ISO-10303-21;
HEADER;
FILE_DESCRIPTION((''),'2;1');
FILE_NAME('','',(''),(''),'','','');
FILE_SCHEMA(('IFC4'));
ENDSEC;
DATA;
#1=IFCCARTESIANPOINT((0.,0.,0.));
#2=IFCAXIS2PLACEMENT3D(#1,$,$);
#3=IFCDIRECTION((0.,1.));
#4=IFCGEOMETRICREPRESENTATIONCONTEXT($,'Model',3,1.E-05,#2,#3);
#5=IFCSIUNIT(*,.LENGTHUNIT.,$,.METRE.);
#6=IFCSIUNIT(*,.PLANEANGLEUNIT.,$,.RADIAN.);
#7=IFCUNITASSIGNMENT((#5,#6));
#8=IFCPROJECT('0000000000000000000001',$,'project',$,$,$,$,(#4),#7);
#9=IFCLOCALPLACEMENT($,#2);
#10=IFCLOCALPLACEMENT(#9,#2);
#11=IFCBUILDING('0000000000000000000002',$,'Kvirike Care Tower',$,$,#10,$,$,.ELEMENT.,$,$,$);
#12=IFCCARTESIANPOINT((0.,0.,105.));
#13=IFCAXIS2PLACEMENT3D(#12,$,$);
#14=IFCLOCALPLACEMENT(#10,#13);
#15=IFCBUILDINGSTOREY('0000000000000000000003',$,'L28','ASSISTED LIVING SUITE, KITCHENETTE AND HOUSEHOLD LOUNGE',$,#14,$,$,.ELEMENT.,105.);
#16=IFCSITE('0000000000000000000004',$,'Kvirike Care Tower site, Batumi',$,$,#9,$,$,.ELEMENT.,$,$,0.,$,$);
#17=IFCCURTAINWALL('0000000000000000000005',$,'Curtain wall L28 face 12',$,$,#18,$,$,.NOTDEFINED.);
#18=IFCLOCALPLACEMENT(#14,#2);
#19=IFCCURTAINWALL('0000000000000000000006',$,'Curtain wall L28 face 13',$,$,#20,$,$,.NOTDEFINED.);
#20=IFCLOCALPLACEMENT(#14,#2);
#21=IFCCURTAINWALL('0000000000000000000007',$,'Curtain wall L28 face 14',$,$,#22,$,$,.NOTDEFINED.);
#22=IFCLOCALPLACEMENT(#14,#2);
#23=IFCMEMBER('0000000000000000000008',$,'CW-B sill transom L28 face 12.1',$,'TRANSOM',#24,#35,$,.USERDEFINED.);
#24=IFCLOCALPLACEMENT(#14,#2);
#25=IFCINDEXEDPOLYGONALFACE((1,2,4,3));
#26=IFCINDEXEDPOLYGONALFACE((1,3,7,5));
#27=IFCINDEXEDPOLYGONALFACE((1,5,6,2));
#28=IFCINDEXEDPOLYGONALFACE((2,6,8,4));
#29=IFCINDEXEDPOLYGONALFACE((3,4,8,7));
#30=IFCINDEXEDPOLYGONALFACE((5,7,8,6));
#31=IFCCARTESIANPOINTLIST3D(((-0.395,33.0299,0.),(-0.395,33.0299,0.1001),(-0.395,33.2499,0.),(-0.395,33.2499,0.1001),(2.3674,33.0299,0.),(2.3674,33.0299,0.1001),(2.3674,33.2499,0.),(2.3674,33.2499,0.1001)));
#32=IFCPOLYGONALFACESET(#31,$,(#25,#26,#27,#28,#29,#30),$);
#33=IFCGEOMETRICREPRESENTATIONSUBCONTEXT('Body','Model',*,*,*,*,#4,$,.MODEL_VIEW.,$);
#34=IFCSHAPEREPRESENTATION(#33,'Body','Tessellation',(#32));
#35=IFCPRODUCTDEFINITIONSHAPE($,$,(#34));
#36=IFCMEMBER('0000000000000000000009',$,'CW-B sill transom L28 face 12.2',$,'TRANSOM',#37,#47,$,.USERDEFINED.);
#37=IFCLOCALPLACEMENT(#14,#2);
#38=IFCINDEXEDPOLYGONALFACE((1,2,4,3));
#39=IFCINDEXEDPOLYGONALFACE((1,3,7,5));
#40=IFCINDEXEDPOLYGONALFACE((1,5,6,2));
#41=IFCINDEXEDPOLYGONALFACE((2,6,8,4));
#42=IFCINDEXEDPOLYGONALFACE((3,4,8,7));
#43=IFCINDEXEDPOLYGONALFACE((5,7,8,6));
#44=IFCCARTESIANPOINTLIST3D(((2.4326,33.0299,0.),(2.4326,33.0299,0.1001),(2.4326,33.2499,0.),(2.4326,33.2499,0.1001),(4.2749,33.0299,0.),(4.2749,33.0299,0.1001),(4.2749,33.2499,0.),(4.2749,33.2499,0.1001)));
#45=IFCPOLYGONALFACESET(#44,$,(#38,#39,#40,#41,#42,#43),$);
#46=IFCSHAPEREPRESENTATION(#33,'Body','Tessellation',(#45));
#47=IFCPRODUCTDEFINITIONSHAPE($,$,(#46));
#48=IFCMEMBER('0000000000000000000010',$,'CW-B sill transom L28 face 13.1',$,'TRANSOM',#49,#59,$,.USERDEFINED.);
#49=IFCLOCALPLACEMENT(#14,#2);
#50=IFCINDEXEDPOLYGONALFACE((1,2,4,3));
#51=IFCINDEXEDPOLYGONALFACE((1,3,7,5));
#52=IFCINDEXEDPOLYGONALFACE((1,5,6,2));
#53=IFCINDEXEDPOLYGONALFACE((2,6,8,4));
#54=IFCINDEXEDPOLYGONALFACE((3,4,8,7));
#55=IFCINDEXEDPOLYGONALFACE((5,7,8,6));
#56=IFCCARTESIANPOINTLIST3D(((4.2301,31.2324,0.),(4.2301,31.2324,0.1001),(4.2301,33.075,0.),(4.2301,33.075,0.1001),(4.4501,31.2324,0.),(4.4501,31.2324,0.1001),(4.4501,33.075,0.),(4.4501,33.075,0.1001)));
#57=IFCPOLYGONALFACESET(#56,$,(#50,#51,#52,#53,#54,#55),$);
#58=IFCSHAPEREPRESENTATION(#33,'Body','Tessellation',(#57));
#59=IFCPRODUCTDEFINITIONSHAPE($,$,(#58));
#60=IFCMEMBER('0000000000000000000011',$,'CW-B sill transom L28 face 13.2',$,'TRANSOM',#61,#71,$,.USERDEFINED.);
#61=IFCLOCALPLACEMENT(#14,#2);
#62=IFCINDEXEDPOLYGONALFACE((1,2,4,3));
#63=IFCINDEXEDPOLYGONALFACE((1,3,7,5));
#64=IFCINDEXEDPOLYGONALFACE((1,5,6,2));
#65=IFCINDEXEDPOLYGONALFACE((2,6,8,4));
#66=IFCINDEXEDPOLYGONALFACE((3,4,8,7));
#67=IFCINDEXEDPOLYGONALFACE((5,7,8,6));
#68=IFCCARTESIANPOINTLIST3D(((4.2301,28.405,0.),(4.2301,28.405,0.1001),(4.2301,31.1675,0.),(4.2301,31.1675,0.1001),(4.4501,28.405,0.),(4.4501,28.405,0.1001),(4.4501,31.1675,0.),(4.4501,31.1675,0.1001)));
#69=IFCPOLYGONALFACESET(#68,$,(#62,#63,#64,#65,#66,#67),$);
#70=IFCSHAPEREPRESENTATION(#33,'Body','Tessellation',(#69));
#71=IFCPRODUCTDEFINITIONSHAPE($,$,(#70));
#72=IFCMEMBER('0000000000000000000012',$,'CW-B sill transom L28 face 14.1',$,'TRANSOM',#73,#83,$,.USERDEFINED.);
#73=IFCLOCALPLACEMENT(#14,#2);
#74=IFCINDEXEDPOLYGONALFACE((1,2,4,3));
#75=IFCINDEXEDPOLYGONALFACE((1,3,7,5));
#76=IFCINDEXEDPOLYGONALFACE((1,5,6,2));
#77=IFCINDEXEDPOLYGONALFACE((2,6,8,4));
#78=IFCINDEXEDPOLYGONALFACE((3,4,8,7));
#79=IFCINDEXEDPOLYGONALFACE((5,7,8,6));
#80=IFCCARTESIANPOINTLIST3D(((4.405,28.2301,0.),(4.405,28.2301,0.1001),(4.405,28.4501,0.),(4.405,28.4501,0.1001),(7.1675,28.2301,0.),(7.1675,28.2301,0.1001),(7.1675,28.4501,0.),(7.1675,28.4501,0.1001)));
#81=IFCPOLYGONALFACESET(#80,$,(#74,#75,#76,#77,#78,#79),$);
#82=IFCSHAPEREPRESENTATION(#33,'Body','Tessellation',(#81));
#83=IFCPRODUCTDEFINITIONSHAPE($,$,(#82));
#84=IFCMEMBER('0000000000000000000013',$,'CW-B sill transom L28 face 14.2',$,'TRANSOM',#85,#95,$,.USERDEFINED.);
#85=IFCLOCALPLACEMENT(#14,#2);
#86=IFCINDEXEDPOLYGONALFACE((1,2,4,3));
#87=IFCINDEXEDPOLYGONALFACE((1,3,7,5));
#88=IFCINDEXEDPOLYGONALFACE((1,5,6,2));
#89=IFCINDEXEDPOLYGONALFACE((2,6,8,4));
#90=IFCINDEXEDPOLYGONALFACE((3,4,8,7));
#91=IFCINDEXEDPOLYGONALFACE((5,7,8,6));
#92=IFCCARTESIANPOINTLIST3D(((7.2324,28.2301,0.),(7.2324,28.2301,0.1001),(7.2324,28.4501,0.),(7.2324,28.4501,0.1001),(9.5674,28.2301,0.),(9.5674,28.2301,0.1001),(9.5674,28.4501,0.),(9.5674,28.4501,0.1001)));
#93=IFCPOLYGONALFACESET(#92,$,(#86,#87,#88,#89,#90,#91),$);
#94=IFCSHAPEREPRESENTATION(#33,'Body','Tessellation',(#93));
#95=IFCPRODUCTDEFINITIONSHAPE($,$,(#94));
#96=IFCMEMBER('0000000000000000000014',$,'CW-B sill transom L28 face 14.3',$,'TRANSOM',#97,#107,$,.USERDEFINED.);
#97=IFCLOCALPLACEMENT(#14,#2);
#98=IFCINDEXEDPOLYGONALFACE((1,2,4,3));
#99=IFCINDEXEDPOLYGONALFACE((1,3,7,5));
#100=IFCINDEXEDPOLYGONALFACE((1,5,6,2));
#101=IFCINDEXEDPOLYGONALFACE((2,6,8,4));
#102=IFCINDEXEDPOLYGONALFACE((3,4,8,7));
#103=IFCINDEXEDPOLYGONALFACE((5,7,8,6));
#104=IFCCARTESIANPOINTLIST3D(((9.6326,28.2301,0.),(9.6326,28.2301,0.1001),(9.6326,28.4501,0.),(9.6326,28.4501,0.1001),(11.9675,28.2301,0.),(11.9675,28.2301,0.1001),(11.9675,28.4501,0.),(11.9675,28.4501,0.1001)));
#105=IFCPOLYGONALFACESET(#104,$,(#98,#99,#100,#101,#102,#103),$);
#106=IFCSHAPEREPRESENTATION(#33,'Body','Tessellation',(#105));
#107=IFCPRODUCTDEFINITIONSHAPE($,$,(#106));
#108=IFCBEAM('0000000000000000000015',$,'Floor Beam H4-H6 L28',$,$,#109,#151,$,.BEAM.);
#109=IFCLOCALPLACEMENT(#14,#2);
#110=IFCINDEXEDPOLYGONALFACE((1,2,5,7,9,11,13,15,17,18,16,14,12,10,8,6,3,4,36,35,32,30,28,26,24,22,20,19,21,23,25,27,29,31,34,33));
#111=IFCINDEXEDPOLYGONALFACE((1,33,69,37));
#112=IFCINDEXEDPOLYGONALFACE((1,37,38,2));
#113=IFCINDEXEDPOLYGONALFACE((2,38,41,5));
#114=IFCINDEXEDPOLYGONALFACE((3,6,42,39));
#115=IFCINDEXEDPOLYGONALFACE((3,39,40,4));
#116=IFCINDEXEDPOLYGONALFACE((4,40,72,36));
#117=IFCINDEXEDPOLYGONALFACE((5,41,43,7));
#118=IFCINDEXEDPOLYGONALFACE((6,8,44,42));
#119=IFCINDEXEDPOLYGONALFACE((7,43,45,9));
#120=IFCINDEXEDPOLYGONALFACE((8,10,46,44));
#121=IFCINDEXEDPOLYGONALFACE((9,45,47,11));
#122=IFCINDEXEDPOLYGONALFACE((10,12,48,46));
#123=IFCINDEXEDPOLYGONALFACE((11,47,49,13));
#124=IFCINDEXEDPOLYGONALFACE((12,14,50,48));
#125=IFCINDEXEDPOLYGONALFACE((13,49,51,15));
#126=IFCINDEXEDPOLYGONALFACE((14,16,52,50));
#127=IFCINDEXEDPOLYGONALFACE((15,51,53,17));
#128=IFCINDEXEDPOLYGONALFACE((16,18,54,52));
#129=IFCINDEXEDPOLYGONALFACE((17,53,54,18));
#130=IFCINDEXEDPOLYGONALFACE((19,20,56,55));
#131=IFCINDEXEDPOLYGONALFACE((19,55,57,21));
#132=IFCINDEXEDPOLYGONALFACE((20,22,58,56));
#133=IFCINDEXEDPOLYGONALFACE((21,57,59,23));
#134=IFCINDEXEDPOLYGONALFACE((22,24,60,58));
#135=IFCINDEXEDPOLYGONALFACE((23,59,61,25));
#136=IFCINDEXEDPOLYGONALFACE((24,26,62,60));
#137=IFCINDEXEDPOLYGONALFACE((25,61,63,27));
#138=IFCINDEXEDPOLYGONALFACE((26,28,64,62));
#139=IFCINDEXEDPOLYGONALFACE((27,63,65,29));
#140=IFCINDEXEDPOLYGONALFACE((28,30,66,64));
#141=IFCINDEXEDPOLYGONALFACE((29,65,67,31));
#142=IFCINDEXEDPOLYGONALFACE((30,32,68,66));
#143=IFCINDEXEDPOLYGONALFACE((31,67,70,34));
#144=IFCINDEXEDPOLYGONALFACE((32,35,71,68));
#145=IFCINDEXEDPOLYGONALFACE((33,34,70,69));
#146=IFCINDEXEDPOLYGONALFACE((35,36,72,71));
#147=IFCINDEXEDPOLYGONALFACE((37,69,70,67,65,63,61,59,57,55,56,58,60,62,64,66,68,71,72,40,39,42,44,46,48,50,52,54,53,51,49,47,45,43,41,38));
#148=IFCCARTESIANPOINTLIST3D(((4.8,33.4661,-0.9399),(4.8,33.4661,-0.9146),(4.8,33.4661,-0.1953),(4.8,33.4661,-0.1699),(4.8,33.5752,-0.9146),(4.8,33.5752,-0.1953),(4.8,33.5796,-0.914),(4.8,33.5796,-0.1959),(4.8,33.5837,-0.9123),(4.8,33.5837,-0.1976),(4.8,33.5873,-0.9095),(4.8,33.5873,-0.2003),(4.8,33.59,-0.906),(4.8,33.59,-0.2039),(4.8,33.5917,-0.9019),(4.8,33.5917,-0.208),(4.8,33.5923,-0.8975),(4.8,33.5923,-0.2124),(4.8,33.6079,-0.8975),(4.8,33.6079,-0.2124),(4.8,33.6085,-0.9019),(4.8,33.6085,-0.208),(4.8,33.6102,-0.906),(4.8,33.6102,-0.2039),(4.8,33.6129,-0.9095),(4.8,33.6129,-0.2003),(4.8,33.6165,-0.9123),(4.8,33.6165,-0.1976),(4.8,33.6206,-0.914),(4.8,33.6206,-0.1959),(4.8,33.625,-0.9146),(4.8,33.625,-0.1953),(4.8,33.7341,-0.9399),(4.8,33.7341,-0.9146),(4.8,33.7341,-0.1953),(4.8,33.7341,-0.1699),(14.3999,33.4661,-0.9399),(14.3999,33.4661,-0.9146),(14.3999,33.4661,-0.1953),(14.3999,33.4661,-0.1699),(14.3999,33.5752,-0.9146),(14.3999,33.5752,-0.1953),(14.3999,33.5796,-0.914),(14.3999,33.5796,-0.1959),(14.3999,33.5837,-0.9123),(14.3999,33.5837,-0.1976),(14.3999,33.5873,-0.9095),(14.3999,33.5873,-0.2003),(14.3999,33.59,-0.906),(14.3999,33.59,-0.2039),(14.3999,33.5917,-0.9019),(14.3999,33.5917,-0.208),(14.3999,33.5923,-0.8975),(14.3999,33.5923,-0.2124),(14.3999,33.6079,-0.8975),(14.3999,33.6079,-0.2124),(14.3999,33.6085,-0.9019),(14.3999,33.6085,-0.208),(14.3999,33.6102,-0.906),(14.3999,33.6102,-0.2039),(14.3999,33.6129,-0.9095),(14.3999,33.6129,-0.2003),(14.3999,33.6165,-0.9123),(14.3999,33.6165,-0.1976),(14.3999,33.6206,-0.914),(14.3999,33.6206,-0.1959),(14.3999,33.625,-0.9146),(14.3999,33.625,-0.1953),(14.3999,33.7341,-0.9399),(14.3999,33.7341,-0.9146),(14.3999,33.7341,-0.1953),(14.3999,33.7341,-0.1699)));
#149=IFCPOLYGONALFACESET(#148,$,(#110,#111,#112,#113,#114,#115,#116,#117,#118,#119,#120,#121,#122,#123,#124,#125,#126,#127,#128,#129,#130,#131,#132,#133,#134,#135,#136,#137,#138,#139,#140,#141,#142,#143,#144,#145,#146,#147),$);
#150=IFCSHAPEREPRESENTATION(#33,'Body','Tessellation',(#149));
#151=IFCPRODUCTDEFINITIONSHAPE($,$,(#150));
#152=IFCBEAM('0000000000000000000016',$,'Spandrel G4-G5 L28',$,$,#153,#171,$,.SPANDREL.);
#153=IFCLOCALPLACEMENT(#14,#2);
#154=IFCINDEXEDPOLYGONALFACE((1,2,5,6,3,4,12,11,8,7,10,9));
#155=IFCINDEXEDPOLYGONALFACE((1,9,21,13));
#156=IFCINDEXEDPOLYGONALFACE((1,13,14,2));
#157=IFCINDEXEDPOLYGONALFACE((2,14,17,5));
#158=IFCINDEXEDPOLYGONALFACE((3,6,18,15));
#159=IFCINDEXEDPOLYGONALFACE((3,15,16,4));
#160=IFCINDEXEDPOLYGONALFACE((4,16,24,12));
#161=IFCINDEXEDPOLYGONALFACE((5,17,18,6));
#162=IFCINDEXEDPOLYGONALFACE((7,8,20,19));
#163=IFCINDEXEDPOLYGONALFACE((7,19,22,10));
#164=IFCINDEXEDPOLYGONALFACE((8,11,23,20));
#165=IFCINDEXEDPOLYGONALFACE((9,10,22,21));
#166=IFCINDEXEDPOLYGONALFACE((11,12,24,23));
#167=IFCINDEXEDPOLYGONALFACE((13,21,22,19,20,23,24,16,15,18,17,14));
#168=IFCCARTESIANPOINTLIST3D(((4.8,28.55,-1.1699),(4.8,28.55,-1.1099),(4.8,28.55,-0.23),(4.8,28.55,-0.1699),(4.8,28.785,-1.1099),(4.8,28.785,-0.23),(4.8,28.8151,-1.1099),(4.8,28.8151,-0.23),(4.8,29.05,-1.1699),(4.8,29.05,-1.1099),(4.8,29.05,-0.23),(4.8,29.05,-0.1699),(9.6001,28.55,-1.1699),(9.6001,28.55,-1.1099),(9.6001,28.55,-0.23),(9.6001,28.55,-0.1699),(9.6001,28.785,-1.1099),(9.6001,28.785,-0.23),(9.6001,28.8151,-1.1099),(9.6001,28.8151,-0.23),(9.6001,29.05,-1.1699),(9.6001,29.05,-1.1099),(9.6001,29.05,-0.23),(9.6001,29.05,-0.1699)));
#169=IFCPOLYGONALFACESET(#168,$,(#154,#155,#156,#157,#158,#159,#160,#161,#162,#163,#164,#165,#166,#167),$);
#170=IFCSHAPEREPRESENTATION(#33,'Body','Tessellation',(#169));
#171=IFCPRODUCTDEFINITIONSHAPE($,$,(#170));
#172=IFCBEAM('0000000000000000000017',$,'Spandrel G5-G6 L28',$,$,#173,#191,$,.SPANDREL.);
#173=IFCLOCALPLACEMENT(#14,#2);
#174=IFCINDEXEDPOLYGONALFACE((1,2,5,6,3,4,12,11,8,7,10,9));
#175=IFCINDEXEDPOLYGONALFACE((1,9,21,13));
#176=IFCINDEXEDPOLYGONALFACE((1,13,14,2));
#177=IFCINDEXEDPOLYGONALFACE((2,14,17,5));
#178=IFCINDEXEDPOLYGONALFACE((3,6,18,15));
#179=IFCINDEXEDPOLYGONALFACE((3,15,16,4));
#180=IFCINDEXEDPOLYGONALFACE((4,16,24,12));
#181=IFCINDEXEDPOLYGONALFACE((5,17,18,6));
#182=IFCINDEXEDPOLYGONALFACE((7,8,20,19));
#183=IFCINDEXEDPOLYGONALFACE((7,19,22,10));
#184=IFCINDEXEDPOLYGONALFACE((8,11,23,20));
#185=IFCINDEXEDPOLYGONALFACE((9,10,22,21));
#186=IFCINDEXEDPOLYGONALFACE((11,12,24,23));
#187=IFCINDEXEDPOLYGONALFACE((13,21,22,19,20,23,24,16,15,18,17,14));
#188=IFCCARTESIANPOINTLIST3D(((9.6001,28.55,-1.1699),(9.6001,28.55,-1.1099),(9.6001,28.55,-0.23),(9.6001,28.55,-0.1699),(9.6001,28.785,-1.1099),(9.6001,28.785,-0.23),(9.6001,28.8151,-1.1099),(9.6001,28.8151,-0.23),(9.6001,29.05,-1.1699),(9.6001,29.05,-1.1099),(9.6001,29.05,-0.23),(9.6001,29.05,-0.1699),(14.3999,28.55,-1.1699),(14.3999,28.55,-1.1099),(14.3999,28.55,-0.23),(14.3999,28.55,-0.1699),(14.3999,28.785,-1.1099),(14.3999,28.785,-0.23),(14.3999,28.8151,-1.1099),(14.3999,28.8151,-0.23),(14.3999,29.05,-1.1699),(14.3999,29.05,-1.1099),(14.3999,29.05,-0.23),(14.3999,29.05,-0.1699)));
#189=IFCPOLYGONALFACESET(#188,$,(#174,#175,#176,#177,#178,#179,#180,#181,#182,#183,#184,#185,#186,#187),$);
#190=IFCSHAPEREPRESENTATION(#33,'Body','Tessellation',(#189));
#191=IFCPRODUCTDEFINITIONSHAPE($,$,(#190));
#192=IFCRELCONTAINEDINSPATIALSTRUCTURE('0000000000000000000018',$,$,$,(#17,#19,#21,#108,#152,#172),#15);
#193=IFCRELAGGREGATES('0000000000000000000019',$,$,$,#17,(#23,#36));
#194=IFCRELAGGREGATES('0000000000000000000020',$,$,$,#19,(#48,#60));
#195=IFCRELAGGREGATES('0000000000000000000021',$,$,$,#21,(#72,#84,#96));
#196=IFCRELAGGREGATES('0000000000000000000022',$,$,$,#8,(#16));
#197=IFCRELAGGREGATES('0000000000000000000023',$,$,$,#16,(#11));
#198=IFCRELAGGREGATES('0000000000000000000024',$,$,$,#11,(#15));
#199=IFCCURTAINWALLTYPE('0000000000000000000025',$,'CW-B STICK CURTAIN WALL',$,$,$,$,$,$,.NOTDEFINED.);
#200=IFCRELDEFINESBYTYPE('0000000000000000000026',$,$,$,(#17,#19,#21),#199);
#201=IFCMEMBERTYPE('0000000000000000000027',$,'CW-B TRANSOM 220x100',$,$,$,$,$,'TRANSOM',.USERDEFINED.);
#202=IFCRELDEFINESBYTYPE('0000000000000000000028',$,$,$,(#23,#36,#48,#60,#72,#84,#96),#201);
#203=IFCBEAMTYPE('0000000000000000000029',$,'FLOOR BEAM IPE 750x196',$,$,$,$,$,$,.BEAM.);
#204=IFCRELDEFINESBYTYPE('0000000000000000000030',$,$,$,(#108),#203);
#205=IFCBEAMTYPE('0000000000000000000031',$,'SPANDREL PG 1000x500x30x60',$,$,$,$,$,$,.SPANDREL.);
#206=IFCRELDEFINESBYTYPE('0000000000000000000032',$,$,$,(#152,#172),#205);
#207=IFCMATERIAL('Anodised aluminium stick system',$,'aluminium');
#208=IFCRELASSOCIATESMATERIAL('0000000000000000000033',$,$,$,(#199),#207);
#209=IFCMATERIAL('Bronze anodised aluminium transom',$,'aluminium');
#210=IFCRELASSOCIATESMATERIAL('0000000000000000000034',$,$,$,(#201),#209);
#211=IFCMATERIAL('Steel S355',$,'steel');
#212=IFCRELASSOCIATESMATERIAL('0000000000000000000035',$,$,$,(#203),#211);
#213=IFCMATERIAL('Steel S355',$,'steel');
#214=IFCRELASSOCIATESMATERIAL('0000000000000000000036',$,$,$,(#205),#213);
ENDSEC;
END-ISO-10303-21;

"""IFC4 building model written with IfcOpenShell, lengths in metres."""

from ifc_helpers import new_model, si_unit, direction, frame, origin, origin_2d, place, context, subcontext, project, spatial, rectangle, i_section, extrude, material, material_profile, profile_set, type_object, element, aggregate, save


model = new_model("IFC4")

# Units and contexts
model_context = context("Model", 3, precision=1e-05, world=origin(), true_north=direction((0.0, 1.0)))
body_context = subcontext(model_context, "Body", "Model", "MODEL_VIEW")
ifc_project = project(units=[si_unit("LENGTHUNIT", "METRE"), si_unit("PLANEANGLEUNIT", "RADIAN")], contexts=[model_context])

# Site, building, storey
site_placement = place(None, origin())
site = spatial("IfcSite", under=ifc_project, at=site_placement, Name="Kvirike Care Tower site, Batumi", CompositionType="ELEMENT", RefElevation=0.0)
building_placement = place(site_placement, origin())
building = spatial("IfcBuilding", under=site, at=building_placement, Name="Kvirike Care Tower", CompositionType="ELEMENT")
storey_placement = place(building_placement, frame((0.0, 0.0, 105.0)))
storey = spatial("IfcBuildingStorey", under=building, at=storey_placement, Name="L28", Description="ASSISTED LIVING SUITE, KITCHENETTE AND HOUSEHOLD LOUNGE", CompositionType="ELEMENT", Elevation=105.0)

# Shared definitions
ifc_material_1 = material(Name="Anodised aluminium stick system", Category="aluminium")
curtain_wall_type = type_object("IfcCurtainWallType", Name="CW-B STICK CURTAIN WALL", PredefinedType="NOTDEFINED", material=ifc_material_1)

# Curtain walls
curtain_wall_1_placement = place(storey_placement, origin())
curtain_wall_1 = element("IfcCurtainWall", 1, at=curtain_wall_1_placement, inside=storey, type_object=curtain_wall_type, Name="Curtain wall L28 face 12", PredefinedType="NOTDEFINED")
curtain_wall_2_placement = place(storey_placement, origin())
curtain_wall_2 = element("IfcCurtainWall", 2, at=curtain_wall_2_placement, inside=storey, type_object=curtain_wall_type, Name="Curtain wall L28 face 13", PredefinedType="NOTDEFINED")
curtain_wall_3_placement = place(storey_placement, origin())
curtain_wall_3 = element("IfcCurtainWall", 3, at=curtain_wall_3_placement, inside=storey, type_object=curtain_wall_type, Name="Curtain wall L28 face 14", PredefinedType="NOTDEFINED")

# Members
ifc_material_2 = material(Name="Bronze anodised aluminium transom", Category="aluminium")
ifc_material_profile_1 = material_profile(ifc_material_2, rectangle(XDim=0.22, YDim=0.1001, at=origin_2d()), Name="CW-B TRANSOM 220x100")
ifc_profile_set_1 = profile_set([ifc_material_profile_1], Name="Bronze anodised aluminium transom")
member_type_1 = type_object("IfcMemberType", Name="CW-B TRANSOM 220x100", ElementType="TRANSOM", PredefinedType="USERDEFINED", material=ifc_profile_set_1)
member_1_placement = place(storey_placement, frame((-0.395, 33.1399, 0.05), z_axis=(1.0, 0.0, 0.0), x_axis=(0.0, 1.0, 0.0)))
member_1 = element("IfcMember", 4, at=member_1_placement, type_object=member_type_1, Name="CW-B sill transom L28 face 12.1", ObjectType="TRANSOM", PredefinedType="USERDEFINED", context=body_context, shape_type="SweptSolid", body=[
    extrude(rectangle(XDim=0.22, YDim=0.1001, at=origin_2d()), origin(), (0.0, 0.0, 1.0), 2.7625),
])
member_2_placement = place(storey_placement, frame((2.4326, 33.1399, 0.05), z_axis=(1.0, 0.0, 0.0), x_axis=(0.0, 1.0, 0.0)))
member_2 = element("IfcMember", 5, at=member_2_placement, type_object=member_type_1, Name="CW-B sill transom L28 face 12.2", ObjectType="TRANSOM", PredefinedType="USERDEFINED", context=body_context, shape_type="SweptSolid", body=[
    extrude(rectangle(XDim=0.22, YDim=0.1001, at=origin_2d()), origin(), (0.0, 0.0, 1.0), 1.8423),
])
member_3_placement = place(storey_placement, frame((4.3401, 33.075, 0.05), z_axis=(0.0, -1.0, 0.0), x_axis=(1.0, 0.0, 0.0)))
member_3 = element("IfcMember", 6, at=member_3_placement, type_object=member_type_1, Name="CW-B sill transom L28 face 13.1", ObjectType="TRANSOM", PredefinedType="USERDEFINED", context=body_context, shape_type="SweptSolid", body=[
    extrude(rectangle(XDim=0.22, YDim=0.1001, at=origin_2d()), origin(), (0.0, 0.0, 1.0), 1.8425),
])
member_4_placement = place(storey_placement, frame((4.3401, 31.1675, 0.05), z_axis=(0.0, -1.0, 0.0), x_axis=(1.0, 0.0, 0.0)))
member_4 = element("IfcMember", 7, at=member_4_placement, type_object=member_type_1, Name="CW-B sill transom L28 face 13.2", ObjectType="TRANSOM", PredefinedType="USERDEFINED", context=body_context, shape_type="SweptSolid", body=[
    extrude(rectangle(XDim=0.22, YDim=0.1001, at=origin_2d()), origin(), (0.0, 0.0, 1.0), 2.7625),
])
member_5_placement = place(storey_placement, frame((4.405, 28.3401, 0.05), z_axis=(1.0, 0.0, 0.0), x_axis=(0.0, 1.0, 0.0)))
member_5 = element("IfcMember", 8, at=member_5_placement, type_object=member_type_1, Name="CW-B sill transom L28 face 14.1", ObjectType="TRANSOM", PredefinedType="USERDEFINED", context=body_context, shape_type="SweptSolid", body=[
    extrude(rectangle(XDim=0.22, YDim=0.1001, at=origin_2d()), origin(), (0.0, 0.0, 1.0), 2.7625),
])
member_6_placement = place(storey_placement, frame((7.2324, 28.3401, 0.05), z_axis=(1.0, 0.0, 0.0), x_axis=(0.0, 1.0, 0.0)))
member_6 = element("IfcMember", 9, at=member_6_placement, type_object=member_type_1, Name="CW-B sill transom L28 face 14.2", ObjectType="TRANSOM", PredefinedType="USERDEFINED", context=body_context, shape_type="SweptSolid", body=[
    extrude(rectangle(XDim=0.22, YDim=0.1001, at=origin_2d()), origin(), (0.0, 0.0, 1.0), 2.335),
])
member_7_placement = place(storey_placement, frame((9.6326, 28.3401, 0.05), z_axis=(1.0, 0.0, 0.0), x_axis=(0.0, 1.0, 0.0)))
member_7 = element("IfcMember", 10, at=member_7_placement, type_object=member_type_1, Name="CW-B sill transom L28 face 14.3", ObjectType="TRANSOM", PredefinedType="USERDEFINED", context=body_context, shape_type="SweptSolid", body=[
    extrude(rectangle(XDim=0.22, YDim=0.1001, at=origin_2d()), origin(), (0.0, 0.0, 1.0), 2.335),
])

# Beams
ifc_material_3 = material(Name="Steel S355", Category="steel")
ifc_material_profile_2 = material_profile(ifc_material_3, i_section(OverallWidth=0.2681, OverallDepth=0.77, WebThickness=0.0156, FlangeThickness=0.0254, FilletRadius=0.0171, at=origin_2d()), Name="IPE 750x196")
ifc_profile_set_2 = profile_set([ifc_material_profile_2], Name="Steel S355")
beam_type_1 = type_object("IfcBeamType", Name="FLOOR BEAM IPE 750x196", PredefinedType="BEAM", material=ifc_profile_set_2)
beam_1_placement = place(storey_placement, frame((4.8, 33.6001, -0.5549), z_axis=(1.0, 0.0, 0.0), x_axis=(0.0, 1.0, 0.0)))
element("IfcBeam", 11, at=beam_1_placement, inside=storey, type_object=beam_type_1, Name="Floor Beam H4-H6 L28", PredefinedType="BEAM", context=body_context, shape_type="SweptSolid", body=[
    extrude(i_section(OverallWidth=0.2681, OverallDepth=0.77, WebThickness=0.0156, FlangeThickness=0.0254, FilletRadius=0.0171, at=origin_2d()), origin(), (0.0, 0.0, 1.0), 9.5999),
])
ifc_material_4 = material(Name="Steel S355", Category="steel")
ifc_material_profile_3 = material_profile(ifc_material_4, i_section(OverallWidth=0.5, OverallDepth=1.0, WebThickness=0.03, FlangeThickness=0.0601, at=origin_2d()), Name="PG 1000x500x30x60")
ifc_profile_set_3 = profile_set([ifc_material_profile_3], Name="Steel S355")
beam_type_2 = type_object("IfcBeamType", Name="SPANDREL PG 1000x500x30x60", PredefinedType="SPANDREL", material=ifc_profile_set_3)
beam_2_placement = place(storey_placement, frame((4.8, 28.8, -0.6699), z_axis=(1.0, 0.0, 0.0), x_axis=(0.0, 1.0, 0.0)))
element("IfcBeam", 12, at=beam_2_placement, inside=storey, type_object=beam_type_2, Name="Spandrel G4-G5 L28", PredefinedType="SPANDREL", context=body_context, shape_type="SweptSolid", body=[
    extrude(i_section(OverallWidth=0.5, OverallDepth=1.0, WebThickness=0.03, FlangeThickness=0.0601, at=origin_2d()), origin(), (0.0, 0.0, 1.0), 4.8),
])
beam_3_placement = place(storey_placement, frame((9.6001, 28.8, -0.6699), z_axis=(1.0, 0.0, 0.0), x_axis=(0.0, 1.0, 0.0)))
element("IfcBeam", 13, at=beam_3_placement, inside=storey, type_object=beam_type_2, Name="Spandrel G5-G6 L28", PredefinedType="SPANDREL", context=body_context, shape_type="SweptSolid", body=[
    extrude(i_section(OverallWidth=0.5, OverallDepth=1.0, WebThickness=0.03, FlangeThickness=0.0601, at=origin_2d()), origin(), (0.0, 0.0, 1.0), 4.7998),
])

aggregate(curtain_wall_1, [member_1, member_2])
aggregate(curtain_wall_2, [member_3, member_4])
aggregate(curtain_wall_3, [member_5, member_6, member_7])

save(model, "model.ifc")
